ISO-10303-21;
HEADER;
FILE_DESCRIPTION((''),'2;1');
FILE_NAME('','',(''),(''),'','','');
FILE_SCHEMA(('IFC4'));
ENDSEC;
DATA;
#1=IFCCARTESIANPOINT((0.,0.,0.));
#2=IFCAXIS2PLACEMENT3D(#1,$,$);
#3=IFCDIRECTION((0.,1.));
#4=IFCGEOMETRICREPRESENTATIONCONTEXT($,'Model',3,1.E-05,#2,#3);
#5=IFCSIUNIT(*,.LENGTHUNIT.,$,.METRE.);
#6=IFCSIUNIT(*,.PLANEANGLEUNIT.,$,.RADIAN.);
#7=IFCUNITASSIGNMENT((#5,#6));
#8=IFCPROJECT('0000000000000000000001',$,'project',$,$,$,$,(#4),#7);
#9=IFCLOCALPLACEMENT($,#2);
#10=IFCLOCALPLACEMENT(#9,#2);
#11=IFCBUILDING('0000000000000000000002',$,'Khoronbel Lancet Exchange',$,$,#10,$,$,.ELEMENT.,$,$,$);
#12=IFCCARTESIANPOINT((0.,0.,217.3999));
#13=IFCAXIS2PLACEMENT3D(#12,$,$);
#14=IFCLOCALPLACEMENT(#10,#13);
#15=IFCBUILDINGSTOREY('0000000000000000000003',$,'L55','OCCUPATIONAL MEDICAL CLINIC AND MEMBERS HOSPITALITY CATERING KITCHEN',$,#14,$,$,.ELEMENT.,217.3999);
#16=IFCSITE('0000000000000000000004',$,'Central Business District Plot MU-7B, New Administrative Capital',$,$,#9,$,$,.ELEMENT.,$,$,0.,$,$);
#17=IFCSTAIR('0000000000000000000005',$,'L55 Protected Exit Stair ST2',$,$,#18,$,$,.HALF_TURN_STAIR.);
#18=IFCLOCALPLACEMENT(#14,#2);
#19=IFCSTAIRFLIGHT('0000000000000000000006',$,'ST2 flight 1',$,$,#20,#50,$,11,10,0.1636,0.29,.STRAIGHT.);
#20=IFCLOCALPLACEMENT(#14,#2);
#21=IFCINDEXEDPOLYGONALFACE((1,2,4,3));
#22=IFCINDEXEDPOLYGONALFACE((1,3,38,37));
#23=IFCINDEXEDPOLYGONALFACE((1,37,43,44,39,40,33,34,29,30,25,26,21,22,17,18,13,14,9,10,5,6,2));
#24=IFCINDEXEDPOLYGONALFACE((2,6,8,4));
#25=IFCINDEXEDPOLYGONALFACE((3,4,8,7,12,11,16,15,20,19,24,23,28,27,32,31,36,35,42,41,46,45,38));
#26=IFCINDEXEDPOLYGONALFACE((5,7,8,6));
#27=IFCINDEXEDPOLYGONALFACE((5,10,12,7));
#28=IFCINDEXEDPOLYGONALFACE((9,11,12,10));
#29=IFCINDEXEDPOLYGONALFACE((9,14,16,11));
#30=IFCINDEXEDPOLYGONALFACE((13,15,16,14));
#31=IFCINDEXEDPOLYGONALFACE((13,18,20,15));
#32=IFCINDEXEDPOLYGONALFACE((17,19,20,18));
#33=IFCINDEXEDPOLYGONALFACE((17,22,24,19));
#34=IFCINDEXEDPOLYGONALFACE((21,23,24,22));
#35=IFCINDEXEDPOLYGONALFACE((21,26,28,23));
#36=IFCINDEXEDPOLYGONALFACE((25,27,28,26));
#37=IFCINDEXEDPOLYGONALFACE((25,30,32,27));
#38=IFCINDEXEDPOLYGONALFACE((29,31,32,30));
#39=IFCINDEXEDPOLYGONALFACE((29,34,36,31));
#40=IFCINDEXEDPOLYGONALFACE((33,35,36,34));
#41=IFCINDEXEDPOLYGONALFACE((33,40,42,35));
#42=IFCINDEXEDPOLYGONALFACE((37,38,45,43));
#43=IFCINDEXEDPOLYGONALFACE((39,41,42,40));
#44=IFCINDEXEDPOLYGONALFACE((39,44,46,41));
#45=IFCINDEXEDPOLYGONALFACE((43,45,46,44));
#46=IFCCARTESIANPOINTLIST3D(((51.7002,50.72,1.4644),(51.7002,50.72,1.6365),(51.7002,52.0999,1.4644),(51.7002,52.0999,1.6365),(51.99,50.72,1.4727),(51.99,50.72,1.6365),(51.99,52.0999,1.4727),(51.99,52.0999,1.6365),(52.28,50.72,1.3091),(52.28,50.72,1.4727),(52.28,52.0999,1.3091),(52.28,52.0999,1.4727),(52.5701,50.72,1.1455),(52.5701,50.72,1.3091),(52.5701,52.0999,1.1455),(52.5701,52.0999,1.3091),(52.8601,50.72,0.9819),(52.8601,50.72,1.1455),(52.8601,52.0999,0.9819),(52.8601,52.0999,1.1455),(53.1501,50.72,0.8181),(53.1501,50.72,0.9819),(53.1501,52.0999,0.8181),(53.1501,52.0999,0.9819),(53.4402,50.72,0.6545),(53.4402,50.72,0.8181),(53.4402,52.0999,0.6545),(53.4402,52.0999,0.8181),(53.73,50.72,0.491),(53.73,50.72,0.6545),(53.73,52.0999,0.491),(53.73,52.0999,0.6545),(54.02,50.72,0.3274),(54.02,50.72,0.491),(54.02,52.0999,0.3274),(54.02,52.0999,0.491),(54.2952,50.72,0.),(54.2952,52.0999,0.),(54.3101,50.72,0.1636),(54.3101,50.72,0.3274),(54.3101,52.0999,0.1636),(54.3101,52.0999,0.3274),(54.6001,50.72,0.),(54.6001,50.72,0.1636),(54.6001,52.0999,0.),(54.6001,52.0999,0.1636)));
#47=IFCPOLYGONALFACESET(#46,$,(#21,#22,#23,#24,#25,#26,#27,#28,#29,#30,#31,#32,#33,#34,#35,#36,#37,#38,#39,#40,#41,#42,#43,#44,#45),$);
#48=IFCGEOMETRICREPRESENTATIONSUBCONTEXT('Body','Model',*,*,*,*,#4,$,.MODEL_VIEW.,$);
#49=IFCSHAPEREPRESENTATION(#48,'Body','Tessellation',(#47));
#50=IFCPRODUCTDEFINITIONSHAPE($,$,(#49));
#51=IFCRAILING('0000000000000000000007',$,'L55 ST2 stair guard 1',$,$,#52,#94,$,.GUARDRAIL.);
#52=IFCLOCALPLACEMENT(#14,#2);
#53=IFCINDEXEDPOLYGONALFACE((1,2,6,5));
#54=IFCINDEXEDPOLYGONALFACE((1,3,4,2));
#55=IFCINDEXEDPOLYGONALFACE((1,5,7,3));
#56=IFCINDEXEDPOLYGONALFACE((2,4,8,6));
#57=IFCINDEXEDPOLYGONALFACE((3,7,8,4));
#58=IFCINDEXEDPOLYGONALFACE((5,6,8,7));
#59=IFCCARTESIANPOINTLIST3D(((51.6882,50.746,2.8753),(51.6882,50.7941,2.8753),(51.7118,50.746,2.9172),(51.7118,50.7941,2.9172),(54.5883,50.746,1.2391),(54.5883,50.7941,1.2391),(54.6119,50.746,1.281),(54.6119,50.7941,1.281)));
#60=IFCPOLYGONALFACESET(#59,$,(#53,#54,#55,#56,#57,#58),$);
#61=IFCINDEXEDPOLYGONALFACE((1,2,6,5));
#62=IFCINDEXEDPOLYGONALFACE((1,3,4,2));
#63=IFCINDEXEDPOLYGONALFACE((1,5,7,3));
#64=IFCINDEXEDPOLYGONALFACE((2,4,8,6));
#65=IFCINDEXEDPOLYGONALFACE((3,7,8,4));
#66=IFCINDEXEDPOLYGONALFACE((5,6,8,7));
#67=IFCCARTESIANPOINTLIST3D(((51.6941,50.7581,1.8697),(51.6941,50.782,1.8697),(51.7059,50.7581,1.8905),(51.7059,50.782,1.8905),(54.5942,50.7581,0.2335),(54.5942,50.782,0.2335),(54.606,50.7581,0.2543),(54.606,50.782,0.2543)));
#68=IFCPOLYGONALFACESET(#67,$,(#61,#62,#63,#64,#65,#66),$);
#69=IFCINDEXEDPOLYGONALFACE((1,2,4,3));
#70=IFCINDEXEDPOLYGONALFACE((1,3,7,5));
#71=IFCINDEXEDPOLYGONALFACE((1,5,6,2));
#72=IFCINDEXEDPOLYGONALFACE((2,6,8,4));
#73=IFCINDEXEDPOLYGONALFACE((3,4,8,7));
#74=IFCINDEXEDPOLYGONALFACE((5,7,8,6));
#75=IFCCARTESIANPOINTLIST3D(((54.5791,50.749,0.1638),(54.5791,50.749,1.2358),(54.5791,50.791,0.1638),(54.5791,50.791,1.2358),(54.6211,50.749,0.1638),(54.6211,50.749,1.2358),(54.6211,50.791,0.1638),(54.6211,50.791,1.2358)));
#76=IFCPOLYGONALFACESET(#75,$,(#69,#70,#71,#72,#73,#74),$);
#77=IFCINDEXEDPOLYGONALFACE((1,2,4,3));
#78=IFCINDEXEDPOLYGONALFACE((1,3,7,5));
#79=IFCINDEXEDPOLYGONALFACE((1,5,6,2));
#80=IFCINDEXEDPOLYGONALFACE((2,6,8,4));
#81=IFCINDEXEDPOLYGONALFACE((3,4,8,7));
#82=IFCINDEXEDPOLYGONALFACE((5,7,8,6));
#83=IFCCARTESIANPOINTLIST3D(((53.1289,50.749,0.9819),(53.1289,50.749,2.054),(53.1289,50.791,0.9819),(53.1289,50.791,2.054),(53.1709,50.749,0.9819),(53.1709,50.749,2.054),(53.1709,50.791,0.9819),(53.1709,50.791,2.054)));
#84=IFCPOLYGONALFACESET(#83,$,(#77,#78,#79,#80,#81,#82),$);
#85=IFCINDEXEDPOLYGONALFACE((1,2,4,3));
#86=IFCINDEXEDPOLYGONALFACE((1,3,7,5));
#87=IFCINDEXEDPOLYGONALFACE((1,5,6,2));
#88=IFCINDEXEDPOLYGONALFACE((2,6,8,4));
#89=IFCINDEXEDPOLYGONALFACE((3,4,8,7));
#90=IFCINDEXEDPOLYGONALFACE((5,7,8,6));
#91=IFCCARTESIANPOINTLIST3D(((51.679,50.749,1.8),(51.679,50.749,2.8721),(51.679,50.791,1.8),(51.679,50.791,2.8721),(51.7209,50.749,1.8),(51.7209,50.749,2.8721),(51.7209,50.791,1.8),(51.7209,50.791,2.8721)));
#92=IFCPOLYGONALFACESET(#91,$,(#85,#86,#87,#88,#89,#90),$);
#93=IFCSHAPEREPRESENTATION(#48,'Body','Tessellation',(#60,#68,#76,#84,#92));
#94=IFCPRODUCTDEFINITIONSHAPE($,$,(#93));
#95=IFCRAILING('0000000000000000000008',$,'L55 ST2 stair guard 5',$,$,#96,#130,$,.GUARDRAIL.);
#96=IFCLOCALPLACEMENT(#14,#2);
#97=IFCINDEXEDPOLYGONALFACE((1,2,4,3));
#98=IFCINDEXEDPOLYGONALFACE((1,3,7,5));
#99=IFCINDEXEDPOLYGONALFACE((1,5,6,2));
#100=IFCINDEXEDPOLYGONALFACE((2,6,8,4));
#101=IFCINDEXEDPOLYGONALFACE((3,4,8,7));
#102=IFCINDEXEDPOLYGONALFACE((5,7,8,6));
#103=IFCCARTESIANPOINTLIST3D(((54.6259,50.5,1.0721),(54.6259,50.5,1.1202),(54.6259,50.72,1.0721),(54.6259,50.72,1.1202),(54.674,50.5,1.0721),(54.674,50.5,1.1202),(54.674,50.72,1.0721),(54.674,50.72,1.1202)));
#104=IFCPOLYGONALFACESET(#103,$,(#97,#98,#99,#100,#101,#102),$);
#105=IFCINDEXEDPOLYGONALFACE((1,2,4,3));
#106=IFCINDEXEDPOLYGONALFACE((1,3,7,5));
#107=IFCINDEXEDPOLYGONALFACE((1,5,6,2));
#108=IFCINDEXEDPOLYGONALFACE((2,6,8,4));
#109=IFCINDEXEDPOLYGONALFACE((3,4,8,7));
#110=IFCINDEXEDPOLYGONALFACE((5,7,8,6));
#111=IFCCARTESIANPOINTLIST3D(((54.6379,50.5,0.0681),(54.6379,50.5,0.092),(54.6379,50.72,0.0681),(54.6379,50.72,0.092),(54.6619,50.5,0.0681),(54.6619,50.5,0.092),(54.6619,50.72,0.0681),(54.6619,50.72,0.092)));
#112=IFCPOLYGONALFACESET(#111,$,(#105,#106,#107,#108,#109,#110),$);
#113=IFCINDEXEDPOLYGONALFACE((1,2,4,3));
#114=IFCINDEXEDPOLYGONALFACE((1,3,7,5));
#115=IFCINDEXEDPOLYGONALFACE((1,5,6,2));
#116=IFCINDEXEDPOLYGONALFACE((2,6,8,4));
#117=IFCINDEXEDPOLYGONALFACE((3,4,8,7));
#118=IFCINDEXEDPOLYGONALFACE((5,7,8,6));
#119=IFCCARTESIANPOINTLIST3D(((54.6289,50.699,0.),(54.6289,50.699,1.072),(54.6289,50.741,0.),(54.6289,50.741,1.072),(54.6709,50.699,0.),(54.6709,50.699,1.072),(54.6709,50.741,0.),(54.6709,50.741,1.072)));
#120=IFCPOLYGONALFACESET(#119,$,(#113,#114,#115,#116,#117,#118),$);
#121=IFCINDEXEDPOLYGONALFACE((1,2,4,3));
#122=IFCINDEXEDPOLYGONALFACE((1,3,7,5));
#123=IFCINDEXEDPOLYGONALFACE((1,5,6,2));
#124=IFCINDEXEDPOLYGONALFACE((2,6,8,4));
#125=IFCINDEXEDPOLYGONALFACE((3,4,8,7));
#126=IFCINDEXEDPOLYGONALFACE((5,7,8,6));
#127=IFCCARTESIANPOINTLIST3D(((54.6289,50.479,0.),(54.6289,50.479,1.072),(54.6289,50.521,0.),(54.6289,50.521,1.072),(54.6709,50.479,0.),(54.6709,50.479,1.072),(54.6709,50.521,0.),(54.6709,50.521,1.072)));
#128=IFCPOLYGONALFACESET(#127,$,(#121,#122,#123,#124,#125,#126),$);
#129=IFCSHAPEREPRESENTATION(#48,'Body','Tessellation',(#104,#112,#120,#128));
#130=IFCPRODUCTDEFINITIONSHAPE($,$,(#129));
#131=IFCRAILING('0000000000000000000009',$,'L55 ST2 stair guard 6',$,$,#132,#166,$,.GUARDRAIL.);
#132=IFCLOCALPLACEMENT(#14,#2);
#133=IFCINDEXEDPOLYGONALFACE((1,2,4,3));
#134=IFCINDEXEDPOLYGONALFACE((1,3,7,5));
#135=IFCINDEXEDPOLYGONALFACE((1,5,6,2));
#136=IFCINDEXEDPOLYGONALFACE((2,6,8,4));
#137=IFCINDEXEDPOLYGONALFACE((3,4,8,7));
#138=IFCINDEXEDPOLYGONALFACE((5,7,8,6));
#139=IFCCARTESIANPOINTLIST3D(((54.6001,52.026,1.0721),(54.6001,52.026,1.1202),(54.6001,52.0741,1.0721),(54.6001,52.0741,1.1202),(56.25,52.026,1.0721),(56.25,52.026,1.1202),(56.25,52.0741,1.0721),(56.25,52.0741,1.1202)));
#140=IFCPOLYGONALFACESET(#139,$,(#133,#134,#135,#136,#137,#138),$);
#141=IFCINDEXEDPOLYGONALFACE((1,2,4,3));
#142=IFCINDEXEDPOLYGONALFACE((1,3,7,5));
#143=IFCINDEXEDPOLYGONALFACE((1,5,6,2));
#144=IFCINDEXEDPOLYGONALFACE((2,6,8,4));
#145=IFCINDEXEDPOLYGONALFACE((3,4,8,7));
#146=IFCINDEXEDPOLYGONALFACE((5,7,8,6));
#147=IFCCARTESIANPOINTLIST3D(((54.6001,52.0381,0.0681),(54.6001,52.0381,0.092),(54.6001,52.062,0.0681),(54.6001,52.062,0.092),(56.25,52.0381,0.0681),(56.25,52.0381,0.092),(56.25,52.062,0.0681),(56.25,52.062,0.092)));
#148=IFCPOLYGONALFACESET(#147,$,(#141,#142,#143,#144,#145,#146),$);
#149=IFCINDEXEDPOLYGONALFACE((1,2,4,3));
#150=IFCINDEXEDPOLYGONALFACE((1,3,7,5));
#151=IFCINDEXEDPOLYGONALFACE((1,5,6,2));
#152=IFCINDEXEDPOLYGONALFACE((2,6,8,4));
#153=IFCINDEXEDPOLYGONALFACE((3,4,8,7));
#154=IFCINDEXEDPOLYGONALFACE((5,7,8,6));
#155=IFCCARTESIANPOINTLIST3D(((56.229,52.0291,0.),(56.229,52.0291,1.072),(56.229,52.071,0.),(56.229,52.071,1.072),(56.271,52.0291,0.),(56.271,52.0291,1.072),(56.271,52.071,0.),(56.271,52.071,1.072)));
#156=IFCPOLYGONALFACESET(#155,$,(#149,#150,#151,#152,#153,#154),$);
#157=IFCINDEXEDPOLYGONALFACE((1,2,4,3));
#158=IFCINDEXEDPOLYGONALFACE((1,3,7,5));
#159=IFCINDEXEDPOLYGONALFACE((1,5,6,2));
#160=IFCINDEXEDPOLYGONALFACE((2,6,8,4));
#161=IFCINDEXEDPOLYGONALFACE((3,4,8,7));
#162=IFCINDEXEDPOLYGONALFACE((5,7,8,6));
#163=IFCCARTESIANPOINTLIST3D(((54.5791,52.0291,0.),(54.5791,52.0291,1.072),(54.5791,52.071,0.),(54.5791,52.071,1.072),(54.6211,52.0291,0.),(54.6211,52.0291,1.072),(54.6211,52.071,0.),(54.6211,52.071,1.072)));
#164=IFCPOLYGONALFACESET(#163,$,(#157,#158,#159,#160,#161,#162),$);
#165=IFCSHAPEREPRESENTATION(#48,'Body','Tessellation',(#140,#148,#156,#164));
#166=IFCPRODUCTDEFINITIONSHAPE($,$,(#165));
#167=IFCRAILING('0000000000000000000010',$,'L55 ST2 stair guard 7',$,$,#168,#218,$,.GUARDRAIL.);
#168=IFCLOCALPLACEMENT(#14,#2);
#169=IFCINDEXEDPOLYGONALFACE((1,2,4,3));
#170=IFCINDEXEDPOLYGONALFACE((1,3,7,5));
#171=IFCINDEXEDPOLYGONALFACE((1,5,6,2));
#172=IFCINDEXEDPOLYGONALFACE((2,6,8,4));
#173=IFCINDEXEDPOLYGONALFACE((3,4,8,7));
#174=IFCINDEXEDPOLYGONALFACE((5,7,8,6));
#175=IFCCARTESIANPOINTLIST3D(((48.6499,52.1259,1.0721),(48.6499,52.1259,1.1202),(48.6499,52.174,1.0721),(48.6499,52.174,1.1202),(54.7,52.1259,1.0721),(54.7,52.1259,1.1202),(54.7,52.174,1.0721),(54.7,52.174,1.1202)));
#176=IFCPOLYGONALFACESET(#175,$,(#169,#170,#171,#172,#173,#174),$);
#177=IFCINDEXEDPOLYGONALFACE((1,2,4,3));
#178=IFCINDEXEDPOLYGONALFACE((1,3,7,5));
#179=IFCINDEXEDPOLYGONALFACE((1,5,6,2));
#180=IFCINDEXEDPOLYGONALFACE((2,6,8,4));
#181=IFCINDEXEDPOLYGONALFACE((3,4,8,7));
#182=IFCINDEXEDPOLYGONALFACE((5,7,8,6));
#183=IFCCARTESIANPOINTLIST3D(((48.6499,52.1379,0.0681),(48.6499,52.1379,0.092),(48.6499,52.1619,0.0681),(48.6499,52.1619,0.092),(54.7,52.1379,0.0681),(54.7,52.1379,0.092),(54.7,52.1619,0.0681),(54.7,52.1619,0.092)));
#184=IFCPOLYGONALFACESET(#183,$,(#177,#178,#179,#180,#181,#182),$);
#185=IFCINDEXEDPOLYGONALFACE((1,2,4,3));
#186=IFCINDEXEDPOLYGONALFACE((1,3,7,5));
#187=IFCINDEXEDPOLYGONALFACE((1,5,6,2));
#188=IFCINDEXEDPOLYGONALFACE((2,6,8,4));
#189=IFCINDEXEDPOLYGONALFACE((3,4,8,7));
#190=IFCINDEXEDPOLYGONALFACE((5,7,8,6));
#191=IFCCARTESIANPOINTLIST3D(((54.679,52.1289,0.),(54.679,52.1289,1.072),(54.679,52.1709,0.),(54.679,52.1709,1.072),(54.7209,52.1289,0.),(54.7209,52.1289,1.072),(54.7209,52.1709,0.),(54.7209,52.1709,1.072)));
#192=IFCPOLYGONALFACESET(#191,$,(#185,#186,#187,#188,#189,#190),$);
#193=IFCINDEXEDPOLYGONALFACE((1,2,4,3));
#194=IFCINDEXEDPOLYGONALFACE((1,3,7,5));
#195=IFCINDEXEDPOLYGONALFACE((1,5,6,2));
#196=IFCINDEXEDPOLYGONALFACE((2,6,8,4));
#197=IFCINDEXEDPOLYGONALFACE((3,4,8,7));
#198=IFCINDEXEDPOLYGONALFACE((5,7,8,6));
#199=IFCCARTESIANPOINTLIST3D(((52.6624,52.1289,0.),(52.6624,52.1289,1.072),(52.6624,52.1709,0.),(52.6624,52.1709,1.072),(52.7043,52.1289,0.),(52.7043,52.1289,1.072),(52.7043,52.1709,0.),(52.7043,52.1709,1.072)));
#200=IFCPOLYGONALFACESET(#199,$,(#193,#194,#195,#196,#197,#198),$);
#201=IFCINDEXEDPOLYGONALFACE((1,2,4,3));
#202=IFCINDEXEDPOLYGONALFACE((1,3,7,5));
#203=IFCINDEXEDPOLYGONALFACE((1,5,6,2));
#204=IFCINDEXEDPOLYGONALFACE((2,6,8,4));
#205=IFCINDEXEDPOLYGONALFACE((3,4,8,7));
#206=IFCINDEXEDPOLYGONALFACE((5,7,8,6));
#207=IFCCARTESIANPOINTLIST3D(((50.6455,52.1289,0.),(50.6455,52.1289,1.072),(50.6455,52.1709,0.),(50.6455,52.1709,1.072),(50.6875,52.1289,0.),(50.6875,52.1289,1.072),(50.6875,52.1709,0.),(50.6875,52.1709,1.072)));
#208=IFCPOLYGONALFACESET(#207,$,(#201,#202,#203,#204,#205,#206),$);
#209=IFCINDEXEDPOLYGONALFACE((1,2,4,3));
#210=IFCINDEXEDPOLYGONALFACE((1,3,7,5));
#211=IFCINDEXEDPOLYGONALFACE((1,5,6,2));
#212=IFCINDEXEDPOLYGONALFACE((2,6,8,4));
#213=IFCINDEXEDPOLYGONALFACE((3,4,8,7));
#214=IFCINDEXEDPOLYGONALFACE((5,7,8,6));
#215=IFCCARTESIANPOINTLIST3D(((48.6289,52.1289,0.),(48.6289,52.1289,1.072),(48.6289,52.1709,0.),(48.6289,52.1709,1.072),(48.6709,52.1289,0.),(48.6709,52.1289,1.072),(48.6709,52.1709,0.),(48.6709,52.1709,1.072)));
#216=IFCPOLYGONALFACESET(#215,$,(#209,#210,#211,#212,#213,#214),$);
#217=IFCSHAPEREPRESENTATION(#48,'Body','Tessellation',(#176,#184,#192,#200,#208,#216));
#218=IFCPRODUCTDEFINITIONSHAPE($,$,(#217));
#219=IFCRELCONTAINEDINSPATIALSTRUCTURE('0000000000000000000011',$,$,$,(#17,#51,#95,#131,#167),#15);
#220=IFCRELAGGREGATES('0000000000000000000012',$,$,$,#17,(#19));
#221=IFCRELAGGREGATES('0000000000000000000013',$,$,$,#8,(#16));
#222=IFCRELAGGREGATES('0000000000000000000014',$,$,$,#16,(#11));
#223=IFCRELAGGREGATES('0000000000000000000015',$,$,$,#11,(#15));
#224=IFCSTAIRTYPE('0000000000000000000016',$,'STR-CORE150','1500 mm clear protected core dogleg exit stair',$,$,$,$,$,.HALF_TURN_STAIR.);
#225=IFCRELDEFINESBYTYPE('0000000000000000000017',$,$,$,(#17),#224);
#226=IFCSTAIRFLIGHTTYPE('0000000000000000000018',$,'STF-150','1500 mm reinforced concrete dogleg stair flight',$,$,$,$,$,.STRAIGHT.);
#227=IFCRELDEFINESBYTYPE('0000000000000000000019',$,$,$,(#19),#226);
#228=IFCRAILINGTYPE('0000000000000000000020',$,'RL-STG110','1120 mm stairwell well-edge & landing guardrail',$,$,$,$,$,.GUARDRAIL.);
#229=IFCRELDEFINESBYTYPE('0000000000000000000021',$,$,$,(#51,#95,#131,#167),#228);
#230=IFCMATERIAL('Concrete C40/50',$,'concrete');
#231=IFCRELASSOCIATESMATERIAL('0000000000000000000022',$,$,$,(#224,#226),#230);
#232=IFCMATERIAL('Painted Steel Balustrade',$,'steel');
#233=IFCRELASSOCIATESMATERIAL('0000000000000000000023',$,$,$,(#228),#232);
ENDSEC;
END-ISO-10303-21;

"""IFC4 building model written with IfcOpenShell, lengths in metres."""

from ifc_helpers import new_model, si_unit, direction, frame, origin, origin_2d, place, context, subcontext, project, spatial, polyline, rectangle, outline, extrude, material, type_object, element, aggregate, save


model = new_model("IFC4")

# Units and contexts
model_context = context("Model", 3, precision=1e-05, world=origin(), true_north=direction((0.0, 1.0)))
body_context = subcontext(model_context, "Body", "Model", "MODEL_VIEW")
ifc_project = project(units=[si_unit("LENGTHUNIT", "METRE"), si_unit("PLANEANGLEUNIT", "RADIAN")], contexts=[model_context])

# Site, building, storey
site_placement = place(None, origin())
site = spatial("IfcSite", under=ifc_project, at=site_placement, Name="Central Business District Plot MU-7B, New Administrative Capital", CompositionType="ELEMENT", RefElevation=0.0)
building_placement = place(site_placement, origin())
building = spatial("IfcBuilding", under=site, at=building_placement, Name="Khoronbel Lancet Exchange", CompositionType="ELEMENT")
storey_placement = place(building_placement, frame((0.0, 0.0, 217.3999)))
storey = spatial("IfcBuildingStorey", under=building, at=storey_placement, Name="L55", Description="OCCUPATIONAL MEDICAL CLINIC AND MEMBERS HOSPITALITY CATERING KITCHEN", CompositionType="ELEMENT", Elevation=217.3999)

# Stair, stair flight
ifc_material_1 = material(Name="Concrete C40/50", Category="concrete")
stair_type = type_object("IfcStairType", Name="STR-CORE150", Description="1500 mm clear protected core dogleg exit stair", PredefinedType="HALF_TURN_STAIR", material=ifc_material_1)
stair_placement = place(storey_placement, origin())
stair = element("IfcStair", 1, at=stair_placement, inside=storey, type_object=stair_type, Name="L55 Protected Exit Stair ST2", PredefinedType="HALF_TURN_STAIR")
stair_flight_type = type_object("IfcStairFlightType", Name="STF-150", Description="1500 mm reinforced concrete dogleg stair flight", PredefinedType="STRAIGHT", material=ifc_material_1)
stair_flight_placement = place(storey_placement, frame((54.6001, 51.4099, 0.0), z_axis=(0.0, 0.0, 1.0), x_axis=(-1.0, 0.0, 0.0)))
stair_flight = element("IfcStairFlight", 2, at=stair_flight_placement, type_object=stair_flight_type, Name="ST2 flight 1", NumberOfRisers=11, NumberOfTreads=10, PredefinedType="STRAIGHT", RiserHeight=0.1636, TreadLength=0.29, context=body_context, shape_type="SweptSolid", body=[
    extrude(outline(polyline([(0.0, 0.0), (0.0, 0.1636), (0.29, 0.1636), (0.29, 0.3274), (0.5801, 0.3274), (0.5801, 0.491), (0.8701, 0.491), (0.8701, 0.6545), (1.1599, 0.6545), (1.1599, 0.8181), (1.45, 0.8181), (1.45, 0.9819), (1.74, 0.9819), (1.74, 1.1455), (2.03, 1.1455), (2.03, 1.3091), (2.3201, 1.3091), (2.3201, 1.4727), (2.6101, 1.4727), (2.6101, 1.6365), (2.8999, 1.6365), (2.8999, 1.8), (2.8999, 1.4644), (0.3049, 0.0), (0.0, 0.0)])), frame((0.0, 0.6899, 0.0), z_axis=(0.0, -1.0, 0.0), x_axis=(1.0, 0.0, 0.0)), (0.0, 0.0, 1.0), 1.3799),
])
aggregate(stair, [stair_flight])

# Railings
ifc_material_2 = material(Name="Painted Steel Balustrade", Category="steel")
railing_type_1 = type_object("IfcRailingType", Name="RL-STG110", Description="1120 mm stairwell well-edge & landing guardrail", PredefinedType="GUARDRAIL", material=ifc_material_2)
railing_1_placement = place(storey_placement, frame((54.6001, 50.77, 0.1638)))
element("IfcRailing", 3, at=railing_1_placement, inside=storey, type_object=railing_type_1, Name="L55 ST2 stair guard 1", PredefinedType="GUARDRAIL", context=body_context, shape_type="SweptSolid", body=[
    extrude(rectangle(XDim=0.0481, YDim=0.0481, at=origin_2d()), frame((0.0, 0.0, 1.0962), z_axis=(-0.870946, 0.0, 0.491378), x_axis=(0.0, -1.0, 0.0)), (0.0, 0.0, 1.0), 3.3298),
    extrude(rectangle(XDim=0.0239, YDim=0.0239, at=origin_2d()), frame((0.0, 0.0, 0.0801), z_axis=(-0.870946, 0.0, 0.491378), x_axis=(0.0, -1.0, 0.0)), (0.0, 0.0, 1.0), 3.3298),
    extrude(rectangle(XDim=0.042, YDim=0.042, at=origin_2d()), origin(), (0.0, 0.0, 1.0), 1.072),
    extrude(rectangle(XDim=0.042, YDim=0.042, at=origin_2d()), frame((-1.4502, 0.0, 0.8181)), (0.0, 0.0, 1.0), 1.072),
    extrude(rectangle(XDim=0.042, YDim=0.042, at=origin_2d()), frame((-2.9001, 0.0, 1.6362)), (0.0, 0.0, 1.0), 1.072),
])
railing_2_placement = place(storey_placement, frame((54.6499, 50.72, 0.0)))
element("IfcRailing", 4, at=railing_2_placement, inside=storey, type_object=railing_type_1, Name="L55 ST2 stair guard 5", PredefinedType="GUARDRAIL", context=body_context, shape_type="SweptSolid", body=[
    extrude(rectangle(XDim=0.0481, YDim=0.0481, at=origin_2d()), frame((0.0, 0.0, 1.0962), z_axis=(0.0, -1.0, 0.0), x_axis=(1.0, 0.0, 0.0)), (0.0, 0.0, 1.0), 0.22),
    extrude(rectangle(XDim=0.0239, YDim=0.0239, at=origin_2d()), frame((0.0, 0.0, 0.0801), z_axis=(0.0, -1.0, 0.0), x_axis=(1.0, 0.0, 0.0)), (0.0, 0.0, 1.0), 0.22),
    extrude(rectangle(XDim=0.042, YDim=0.042, at=origin_2d()), origin(), (0.0, 0.0, 1.0), 1.072),
    extrude(rectangle(XDim=0.042, YDim=0.042, at=origin_2d()), frame((0.0, -0.22, 0.0)), (0.0, 0.0, 1.0), 1.072),
])
railing_3_placement = place(storey_placement, frame((56.25, 52.05, 0.0)))
element("IfcRailing", 5, at=railing_3_placement, inside=storey, type_object=railing_type_1, Name="L55 ST2 stair guard 6", PredefinedType="GUARDRAIL", context=body_context, shape_type="SweptSolid", body=[
    extrude(rectangle(XDim=0.0481, YDim=0.0481, at=origin_2d()), frame((0.0, 0.0, 1.0962), z_axis=(-1.0, 0.0, 0.0), x_axis=(0.0, -1.0, 0.0)), (0.0, 0.0, 1.0), 1.6499),
    extrude(rectangle(XDim=0.0239, YDim=0.0239, at=origin_2d()), frame((0.0, 0.0, 0.0801), z_axis=(-1.0, 0.0, 0.0), x_axis=(0.0, -1.0, 0.0)), (0.0, 0.0, 1.0), 1.6499),
    extrude(rectangle(XDim=0.042, YDim=0.042, at=origin_2d()), origin(), (0.0, 0.0, 1.0), 1.072),
    extrude(rectangle(XDim=0.042, YDim=0.042, at=origin_2d()), frame((-1.6499, 0.0, 0.0)), (0.0, 0.0, 1.0), 1.072),
])
railing_4_placement = place(storey_placement, frame((54.7, 52.1499, 0.0)))
element("IfcRailing", 6, at=railing_4_placement, inside=storey, type_object=railing_type_1, Name="L55 ST2 stair guard 7", PredefinedType="GUARDRAIL", context=body_context, shape_type="SweptSolid", body=[
    extrude(rectangle(XDim=0.0481, YDim=0.0481, at=origin_2d()), frame((0.0, 0.0, 1.0962), z_axis=(-1.0, 0.0, 0.0), x_axis=(0.0, -1.0, 0.0)), (0.0, 0.0, 1.0), 6.05),
    extrude(rectangle(XDim=0.0239, YDim=0.0239, at=origin_2d()), frame((0.0, 0.0, 0.0801), z_axis=(-1.0, 0.0, 0.0), x_axis=(0.0, -1.0, 0.0)), (0.0, 0.0, 1.0), 6.05),
    extrude(rectangle(XDim=0.042, YDim=0.042, at=origin_2d()), origin(), (0.0, 0.0, 1.0), 1.072),
    extrude(rectangle(XDim=0.042, YDim=0.042, at=origin_2d()), frame((-2.0166, 0.0, 0.0)), (0.0, 0.0, 1.0), 1.072),
    extrude(rectangle(XDim=0.042, YDim=0.042, at=origin_2d()), frame((-4.0334, 0.0, 0.0)), (0.0, 0.0, 1.0), 1.072),
    extrude(rectangle(XDim=0.042, YDim=0.042, at=origin_2d()), frame((-6.05, 0.0, 0.0)), (0.0, 0.0, 1.0), 1.072),
])

save(model, "model.ifc")
